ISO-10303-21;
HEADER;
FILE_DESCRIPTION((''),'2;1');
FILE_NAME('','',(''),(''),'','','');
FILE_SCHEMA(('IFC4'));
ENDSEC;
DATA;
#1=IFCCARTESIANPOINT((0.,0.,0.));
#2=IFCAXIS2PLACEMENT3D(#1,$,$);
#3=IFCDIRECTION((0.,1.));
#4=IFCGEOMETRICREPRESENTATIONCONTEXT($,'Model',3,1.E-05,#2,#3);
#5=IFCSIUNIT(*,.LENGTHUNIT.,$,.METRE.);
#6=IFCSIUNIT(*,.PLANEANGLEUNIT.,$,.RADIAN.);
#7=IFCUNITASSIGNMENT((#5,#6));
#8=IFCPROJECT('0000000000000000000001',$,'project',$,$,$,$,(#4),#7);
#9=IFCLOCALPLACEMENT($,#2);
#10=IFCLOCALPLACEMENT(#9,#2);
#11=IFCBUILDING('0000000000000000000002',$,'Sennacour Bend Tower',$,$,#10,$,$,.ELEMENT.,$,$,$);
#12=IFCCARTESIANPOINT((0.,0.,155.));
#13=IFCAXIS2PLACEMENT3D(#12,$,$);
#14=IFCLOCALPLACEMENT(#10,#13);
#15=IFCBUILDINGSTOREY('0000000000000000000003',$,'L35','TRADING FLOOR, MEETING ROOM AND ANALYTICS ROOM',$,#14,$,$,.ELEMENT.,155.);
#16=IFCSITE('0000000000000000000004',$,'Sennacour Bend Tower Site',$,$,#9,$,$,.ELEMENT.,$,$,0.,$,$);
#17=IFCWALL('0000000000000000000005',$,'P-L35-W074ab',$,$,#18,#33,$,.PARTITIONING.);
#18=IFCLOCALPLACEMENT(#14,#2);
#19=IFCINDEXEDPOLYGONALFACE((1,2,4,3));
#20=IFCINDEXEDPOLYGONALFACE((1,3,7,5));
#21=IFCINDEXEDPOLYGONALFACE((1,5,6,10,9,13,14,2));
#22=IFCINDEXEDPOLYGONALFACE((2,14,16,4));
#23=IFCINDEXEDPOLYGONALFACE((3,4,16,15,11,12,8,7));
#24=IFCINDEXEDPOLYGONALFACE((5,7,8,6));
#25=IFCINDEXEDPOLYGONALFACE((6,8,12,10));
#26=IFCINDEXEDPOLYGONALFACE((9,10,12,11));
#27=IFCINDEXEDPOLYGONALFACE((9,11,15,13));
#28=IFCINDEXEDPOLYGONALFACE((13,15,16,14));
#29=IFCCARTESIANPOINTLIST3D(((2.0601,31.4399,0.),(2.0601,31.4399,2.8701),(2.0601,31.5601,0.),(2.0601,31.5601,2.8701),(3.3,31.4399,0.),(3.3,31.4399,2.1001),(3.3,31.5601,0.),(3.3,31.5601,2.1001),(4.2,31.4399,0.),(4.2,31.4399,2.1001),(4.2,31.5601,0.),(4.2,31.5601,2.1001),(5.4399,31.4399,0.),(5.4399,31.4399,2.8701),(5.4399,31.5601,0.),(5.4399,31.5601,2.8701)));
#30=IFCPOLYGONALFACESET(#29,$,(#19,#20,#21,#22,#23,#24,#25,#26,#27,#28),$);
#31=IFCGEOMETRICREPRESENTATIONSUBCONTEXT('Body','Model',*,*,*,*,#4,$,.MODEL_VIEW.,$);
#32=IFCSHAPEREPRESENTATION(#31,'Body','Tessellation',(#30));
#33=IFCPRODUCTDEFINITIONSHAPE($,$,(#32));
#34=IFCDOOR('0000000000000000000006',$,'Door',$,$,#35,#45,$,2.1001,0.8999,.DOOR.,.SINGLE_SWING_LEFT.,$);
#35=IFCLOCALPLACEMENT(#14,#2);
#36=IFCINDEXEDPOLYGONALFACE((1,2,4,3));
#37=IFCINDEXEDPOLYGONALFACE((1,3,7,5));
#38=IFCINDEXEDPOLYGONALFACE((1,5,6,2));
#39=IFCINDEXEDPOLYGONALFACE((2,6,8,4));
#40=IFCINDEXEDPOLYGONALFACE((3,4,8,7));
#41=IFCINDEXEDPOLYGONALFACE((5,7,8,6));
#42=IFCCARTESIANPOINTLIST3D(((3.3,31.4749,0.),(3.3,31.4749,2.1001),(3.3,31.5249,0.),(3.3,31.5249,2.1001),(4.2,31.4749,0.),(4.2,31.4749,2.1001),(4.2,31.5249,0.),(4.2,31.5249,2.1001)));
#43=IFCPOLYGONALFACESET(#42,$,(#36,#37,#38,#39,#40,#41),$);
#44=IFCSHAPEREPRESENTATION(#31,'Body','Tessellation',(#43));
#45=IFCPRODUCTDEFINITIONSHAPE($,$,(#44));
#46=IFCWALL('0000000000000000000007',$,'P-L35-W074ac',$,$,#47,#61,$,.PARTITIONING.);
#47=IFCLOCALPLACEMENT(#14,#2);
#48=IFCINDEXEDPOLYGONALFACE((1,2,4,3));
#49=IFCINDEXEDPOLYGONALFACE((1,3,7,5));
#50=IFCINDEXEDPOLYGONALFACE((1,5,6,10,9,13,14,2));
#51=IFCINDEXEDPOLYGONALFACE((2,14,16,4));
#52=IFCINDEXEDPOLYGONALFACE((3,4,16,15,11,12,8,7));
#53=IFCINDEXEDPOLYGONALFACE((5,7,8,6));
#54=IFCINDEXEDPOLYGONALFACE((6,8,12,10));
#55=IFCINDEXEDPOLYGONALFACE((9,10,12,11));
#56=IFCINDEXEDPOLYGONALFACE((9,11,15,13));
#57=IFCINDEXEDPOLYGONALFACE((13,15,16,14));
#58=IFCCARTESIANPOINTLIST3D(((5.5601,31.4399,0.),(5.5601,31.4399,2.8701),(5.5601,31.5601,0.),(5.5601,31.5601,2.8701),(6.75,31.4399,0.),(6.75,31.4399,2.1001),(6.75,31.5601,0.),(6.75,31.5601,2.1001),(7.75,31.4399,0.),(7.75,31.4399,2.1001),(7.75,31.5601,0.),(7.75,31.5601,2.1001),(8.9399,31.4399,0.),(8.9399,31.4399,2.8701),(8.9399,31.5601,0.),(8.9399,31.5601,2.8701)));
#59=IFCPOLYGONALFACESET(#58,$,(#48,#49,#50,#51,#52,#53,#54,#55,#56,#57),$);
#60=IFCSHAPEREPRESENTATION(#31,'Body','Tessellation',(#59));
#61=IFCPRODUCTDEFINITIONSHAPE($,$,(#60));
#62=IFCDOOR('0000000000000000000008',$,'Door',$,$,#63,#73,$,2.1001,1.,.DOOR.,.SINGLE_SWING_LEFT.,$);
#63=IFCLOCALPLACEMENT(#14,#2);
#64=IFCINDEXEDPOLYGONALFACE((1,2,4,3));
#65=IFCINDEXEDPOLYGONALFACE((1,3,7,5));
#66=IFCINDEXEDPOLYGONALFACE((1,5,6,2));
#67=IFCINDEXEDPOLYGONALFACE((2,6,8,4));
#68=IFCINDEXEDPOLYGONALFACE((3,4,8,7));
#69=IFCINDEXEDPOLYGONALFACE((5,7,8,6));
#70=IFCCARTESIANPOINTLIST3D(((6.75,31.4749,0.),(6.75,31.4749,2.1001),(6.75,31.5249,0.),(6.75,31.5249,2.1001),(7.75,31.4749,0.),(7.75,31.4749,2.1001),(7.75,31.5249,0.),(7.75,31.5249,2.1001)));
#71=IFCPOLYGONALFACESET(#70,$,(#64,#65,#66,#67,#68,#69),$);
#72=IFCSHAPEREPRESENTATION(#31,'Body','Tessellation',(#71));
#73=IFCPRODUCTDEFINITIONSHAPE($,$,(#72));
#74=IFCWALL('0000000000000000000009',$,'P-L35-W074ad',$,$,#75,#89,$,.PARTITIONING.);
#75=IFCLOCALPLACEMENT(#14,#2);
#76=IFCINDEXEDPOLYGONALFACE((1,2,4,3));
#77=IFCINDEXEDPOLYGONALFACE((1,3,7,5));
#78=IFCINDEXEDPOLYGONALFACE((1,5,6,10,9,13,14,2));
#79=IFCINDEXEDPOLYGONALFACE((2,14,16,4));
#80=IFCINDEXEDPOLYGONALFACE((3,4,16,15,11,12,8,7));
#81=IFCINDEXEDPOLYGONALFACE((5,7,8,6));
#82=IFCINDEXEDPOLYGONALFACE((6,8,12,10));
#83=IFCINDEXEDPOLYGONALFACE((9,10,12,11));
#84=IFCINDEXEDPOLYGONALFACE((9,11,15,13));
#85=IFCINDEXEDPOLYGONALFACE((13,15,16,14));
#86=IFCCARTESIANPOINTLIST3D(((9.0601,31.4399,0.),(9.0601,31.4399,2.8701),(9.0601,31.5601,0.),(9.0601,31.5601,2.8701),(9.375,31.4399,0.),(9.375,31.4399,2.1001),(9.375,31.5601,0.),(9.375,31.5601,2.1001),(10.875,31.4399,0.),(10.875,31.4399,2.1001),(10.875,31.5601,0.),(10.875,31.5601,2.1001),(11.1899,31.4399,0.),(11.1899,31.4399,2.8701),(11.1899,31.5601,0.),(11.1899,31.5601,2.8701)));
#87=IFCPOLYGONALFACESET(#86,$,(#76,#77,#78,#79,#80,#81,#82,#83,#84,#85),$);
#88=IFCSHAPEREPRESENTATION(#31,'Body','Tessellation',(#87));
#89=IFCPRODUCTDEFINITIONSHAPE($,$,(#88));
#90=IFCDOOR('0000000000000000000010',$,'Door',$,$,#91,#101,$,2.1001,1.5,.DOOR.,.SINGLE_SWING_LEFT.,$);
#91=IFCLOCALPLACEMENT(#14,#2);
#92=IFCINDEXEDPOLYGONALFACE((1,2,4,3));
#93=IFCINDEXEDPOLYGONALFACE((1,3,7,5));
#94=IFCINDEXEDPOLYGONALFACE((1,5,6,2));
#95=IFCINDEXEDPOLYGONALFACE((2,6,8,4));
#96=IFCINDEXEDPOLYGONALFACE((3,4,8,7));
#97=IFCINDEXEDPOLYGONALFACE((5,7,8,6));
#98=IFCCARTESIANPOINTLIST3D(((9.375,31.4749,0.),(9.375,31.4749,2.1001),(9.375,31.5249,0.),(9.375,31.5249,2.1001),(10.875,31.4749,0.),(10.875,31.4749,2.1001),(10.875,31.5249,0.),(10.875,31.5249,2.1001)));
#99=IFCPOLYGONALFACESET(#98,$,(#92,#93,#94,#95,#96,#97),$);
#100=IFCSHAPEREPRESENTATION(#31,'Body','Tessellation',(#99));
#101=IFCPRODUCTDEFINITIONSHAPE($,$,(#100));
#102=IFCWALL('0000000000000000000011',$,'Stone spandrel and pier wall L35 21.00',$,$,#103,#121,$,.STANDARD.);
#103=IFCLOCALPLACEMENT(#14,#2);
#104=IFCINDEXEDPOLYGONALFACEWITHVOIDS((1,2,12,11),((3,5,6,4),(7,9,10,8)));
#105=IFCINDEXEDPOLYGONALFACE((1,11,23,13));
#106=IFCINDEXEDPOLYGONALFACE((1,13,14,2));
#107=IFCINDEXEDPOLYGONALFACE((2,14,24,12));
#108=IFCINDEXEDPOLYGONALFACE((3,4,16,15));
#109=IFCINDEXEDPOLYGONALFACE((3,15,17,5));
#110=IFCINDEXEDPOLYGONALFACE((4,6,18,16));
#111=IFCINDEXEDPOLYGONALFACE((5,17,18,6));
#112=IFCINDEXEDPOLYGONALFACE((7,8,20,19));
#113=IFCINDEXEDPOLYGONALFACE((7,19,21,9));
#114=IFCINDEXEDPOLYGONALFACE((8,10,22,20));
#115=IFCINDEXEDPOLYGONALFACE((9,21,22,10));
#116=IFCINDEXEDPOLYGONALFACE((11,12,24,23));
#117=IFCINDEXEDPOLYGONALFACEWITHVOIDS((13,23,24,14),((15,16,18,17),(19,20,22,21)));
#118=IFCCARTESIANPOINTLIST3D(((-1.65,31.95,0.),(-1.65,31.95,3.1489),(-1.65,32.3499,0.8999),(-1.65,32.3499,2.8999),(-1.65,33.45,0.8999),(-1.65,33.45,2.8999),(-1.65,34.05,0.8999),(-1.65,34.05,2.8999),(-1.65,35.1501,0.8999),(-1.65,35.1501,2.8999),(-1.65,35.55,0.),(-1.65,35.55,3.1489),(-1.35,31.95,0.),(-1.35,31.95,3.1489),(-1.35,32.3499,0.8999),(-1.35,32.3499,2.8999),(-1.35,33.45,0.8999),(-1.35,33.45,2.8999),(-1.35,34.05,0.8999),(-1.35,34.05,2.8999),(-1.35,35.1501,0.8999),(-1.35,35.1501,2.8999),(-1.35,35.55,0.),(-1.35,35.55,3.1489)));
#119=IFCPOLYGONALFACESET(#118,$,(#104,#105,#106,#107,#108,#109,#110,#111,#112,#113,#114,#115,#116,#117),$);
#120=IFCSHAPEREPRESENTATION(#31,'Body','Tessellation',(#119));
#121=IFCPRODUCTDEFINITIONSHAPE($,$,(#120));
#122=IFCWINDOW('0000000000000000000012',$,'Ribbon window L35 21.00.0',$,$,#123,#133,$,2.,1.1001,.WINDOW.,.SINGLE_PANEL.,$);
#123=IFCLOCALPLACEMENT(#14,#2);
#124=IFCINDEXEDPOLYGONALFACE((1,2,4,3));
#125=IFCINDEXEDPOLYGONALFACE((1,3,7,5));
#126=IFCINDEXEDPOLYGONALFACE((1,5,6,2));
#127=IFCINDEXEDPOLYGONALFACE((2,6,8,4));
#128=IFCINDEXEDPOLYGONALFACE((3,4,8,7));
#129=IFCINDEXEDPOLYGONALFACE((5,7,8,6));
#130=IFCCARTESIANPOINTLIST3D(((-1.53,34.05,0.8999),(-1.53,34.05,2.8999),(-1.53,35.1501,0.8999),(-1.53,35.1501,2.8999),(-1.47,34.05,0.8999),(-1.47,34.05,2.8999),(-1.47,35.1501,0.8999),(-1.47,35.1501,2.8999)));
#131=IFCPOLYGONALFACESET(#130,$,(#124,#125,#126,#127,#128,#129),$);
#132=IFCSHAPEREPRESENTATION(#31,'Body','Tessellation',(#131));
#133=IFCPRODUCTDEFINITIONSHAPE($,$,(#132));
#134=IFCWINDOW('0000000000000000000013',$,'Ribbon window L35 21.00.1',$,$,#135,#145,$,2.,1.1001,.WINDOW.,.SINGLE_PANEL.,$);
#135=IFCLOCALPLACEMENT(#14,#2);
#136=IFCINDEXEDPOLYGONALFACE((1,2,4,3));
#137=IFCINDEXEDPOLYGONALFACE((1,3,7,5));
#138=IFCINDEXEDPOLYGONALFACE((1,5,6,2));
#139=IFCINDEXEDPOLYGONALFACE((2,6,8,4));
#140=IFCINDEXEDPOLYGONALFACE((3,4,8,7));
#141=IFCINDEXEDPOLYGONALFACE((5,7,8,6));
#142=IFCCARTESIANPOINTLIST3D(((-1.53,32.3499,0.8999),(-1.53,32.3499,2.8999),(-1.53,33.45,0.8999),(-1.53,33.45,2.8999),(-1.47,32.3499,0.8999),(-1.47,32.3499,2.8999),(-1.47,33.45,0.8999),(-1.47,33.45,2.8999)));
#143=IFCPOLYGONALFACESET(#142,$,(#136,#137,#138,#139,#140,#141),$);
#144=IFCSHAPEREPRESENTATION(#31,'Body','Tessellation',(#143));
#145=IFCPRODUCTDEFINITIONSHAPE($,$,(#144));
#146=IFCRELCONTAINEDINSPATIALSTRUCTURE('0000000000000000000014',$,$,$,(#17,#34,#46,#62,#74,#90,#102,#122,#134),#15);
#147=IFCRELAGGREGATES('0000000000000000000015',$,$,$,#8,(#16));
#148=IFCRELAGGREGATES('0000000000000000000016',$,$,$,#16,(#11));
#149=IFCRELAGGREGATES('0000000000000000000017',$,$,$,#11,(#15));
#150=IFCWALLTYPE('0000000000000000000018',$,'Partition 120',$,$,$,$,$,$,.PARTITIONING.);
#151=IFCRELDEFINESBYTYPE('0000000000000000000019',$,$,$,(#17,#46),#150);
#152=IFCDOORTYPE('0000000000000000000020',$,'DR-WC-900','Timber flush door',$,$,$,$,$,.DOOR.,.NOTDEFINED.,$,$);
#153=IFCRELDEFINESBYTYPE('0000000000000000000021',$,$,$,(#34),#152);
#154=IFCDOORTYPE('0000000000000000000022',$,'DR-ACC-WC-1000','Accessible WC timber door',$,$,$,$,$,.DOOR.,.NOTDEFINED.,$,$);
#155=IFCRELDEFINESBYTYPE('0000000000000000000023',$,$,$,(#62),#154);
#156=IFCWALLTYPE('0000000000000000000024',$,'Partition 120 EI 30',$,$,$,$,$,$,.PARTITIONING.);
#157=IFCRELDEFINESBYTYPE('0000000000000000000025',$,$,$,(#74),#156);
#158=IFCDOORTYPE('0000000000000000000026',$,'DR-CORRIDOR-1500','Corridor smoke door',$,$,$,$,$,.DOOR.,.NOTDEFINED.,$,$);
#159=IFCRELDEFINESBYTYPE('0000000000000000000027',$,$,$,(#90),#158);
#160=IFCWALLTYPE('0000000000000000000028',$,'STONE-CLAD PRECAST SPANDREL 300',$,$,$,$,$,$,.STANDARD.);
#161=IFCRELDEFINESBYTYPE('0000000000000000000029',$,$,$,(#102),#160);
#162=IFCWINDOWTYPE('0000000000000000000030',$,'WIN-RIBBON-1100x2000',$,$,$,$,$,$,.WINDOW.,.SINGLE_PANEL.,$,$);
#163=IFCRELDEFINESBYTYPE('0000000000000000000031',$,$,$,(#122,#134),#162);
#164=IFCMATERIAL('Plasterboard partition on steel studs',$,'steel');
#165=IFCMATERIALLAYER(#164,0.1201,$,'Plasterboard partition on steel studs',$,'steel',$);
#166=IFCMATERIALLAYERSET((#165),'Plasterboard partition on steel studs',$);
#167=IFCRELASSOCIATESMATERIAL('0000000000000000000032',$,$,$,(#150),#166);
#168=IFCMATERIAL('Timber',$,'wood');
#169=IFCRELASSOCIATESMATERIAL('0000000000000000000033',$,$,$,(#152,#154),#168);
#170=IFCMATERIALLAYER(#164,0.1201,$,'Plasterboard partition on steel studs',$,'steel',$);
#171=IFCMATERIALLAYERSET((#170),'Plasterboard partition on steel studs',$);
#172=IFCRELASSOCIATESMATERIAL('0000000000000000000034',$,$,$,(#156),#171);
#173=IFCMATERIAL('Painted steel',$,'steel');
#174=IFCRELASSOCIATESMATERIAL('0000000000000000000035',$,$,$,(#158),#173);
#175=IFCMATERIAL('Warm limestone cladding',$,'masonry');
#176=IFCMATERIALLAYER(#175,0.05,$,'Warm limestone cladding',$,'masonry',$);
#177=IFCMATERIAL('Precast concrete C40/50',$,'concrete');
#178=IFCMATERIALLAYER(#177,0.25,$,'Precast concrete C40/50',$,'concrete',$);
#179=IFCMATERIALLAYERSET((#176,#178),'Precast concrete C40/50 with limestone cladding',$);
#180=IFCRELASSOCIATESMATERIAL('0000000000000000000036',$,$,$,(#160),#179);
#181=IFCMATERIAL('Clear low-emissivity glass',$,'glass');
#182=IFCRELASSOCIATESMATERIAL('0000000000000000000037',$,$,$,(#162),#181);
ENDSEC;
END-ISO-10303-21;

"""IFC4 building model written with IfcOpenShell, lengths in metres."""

from ifc_helpers import new_model, si_unit, direction, frame, frame_2d, origin, place, context, subcontext, project, spatial, rectangle, extrude, material, layer, layer_set, type_object, element, fill, save


model = new_model("IFC4")

# Units and contexts
model_context = context("Model", 3, precision=1e-05, world=origin(), true_north=direction((0.0, 1.0)))
body_context = subcontext(model_context, "Body", "Model", "MODEL_VIEW")
ifc_project = project(units=[si_unit("LENGTHUNIT", "METRE"), si_unit("PLANEANGLEUNIT", "RADIAN")], contexts=[model_context])

# Site, building, storey
site_placement = place(None, origin())
site = spatial("IfcSite", under=ifc_project, at=site_placement, Name="Sennacour Bend Tower Site", CompositionType="ELEMENT", RefElevation=0.0)
building_placement = place(site_placement, origin())
building = spatial("IfcBuilding", under=site, at=building_placement, Name="Sennacour Bend Tower", CompositionType="ELEMENT")
storey_placement = place(building_placement, frame((0.0, 0.0, 155.0)))
storey = spatial("IfcBuildingStorey", under=building, at=storey_placement, Name="L35", Description="TRADING FLOOR, MEETING ROOM AND ANALYTICS ROOM", CompositionType="ELEMENT", Elevation=155.0)

# Shared definitions
ifc_material_1 = material(Name="Plasterboard partition on steel studs", Category="steel")
ifc_layer_1 = layer(ifc_material_1, 0.1201, Name="Plasterboard partition on steel studs", Category="steel")
ifc_layer_set_1 = layer_set([ifc_layer_1], Name="Plasterboard partition on steel studs")
wall_type_1 = type_object("IfcWallType", Name="Partition 120", PredefinedType="PARTITIONING", material=ifc_layer_set_1)

# Walls, openings, doors
ifc_material_2 = material(Name="Timber", Category="wood")
door_type_1 = type_object("IfcDoorType", Name="DR-WC-900", Description="Timber flush door", OperationType="NOTDEFINED", PredefinedType="DOOR", material=ifc_material_2)
wall_1_placement = place(storey_placement, frame((2.0601, 31.5, 0.0), z_axis=(0.0, 0.0, 1.0), x_axis=(1.0, 0.0, 0.0)))
wall_1 = element("IfcWall", 1, at=wall_1_placement, inside=storey, type_object=wall_type_1, Name="P-L35-W074ab", PredefinedType="PARTITIONING", context=body_context, shape_type="SweptSolid", body=[
    extrude(rectangle(XDim=3.3799, YDim=0.1201, at=frame_2d((1.6899, 0.0))), origin(), (0.0, 0.0, 1.0), 2.8701),
])
opening_1_placement = place(wall_1_placement, frame((1.24, 0.0, 0.0)))
opening_1 = element("IfcOpeningElement", 2, at=opening_1_placement, cuts=wall_1, PredefinedType="OPENING", context=body_context, shape_type="SweptSolid", body=[
    extrude(rectangle(XDim=0.8999, YDim=2.1001, at=frame_2d((0.45, 1.05))), frame((0.0, 0.0701, 0.0), z_axis=(0.0, -1.0, 0.0), x_axis=(1.0, 0.0, 0.0)), (0.0, 0.0, 1.0), 0.1401),
])
door_1_placement = place(opening_1_placement, origin())
door_1 = element("IfcDoor", 3, at=door_1_placement, inside=storey, type_object=door_type_1, Name="Door", OperationType="SINGLE_SWING_LEFT", OverallHeight=2.1001, OverallWidth=0.8999, PredefinedType="DOOR", context=body_context, shape_type="SweptSolid", body=[
    extrude(rectangle(XDim=0.8999, YDim=2.1001, at=frame_2d((0.45, 1.05))), frame((0.0, 0.0249, 0.0), z_axis=(0.0, -1.0, 0.0), x_axis=(1.0, 0.0, 0.0)), (0.0, 0.0, 1.0), 0.05),
])
fill(opening_1, door_1)
wall_2_placement = place(storey_placement, frame((5.5601, 31.5, 0.0), z_axis=(0.0, 0.0, 1.0), x_axis=(1.0, 0.0, 0.0)))
wall_2 = element("IfcWall", 4, at=wall_2_placement, inside=storey, type_object=wall_type_1, Name="P-L35-W074ac", PredefinedType="PARTITIONING", context=body_context, shape_type="SweptSolid", body=[
    extrude(rectangle(XDim=3.3799, YDim=0.1201, at=frame_2d((1.6899, 0.0))), origin(), (0.0, 0.0, 1.0), 2.8701),
])
opening_2_placement = place(wall_2_placement, frame((1.1899, 0.0, 0.0)))
opening_2 = element("IfcOpeningElement", 5, at=opening_2_placement, cuts=wall_2, PredefinedType="OPENING", context=body_context, shape_type="SweptSolid", body=[
    extrude(rectangle(XDim=1.0, YDim=2.1001, at=frame_2d((0.5, 1.05))), frame((0.0, 0.0701, 0.0), z_axis=(0.0, -1.0, 0.0), x_axis=(1.0, 0.0, 0.0)), (0.0, 0.0, 1.0), 0.1401),
])
door_type_2 = type_object("IfcDoorType", Name="DR-ACC-WC-1000", Description="Accessible WC timber door", OperationType="NOTDEFINED", PredefinedType="DOOR", material=ifc_material_2)
door_2_placement = place(opening_2_placement, origin())
door_2 = element("IfcDoor", 6, at=door_2_placement, inside=storey, type_object=door_type_2, Name="Door", OperationType="SINGLE_SWING_LEFT", OverallHeight=2.1001, OverallWidth=1.0, PredefinedType="DOOR", context=body_context, shape_type="SweptSolid", body=[
    extrude(rectangle(XDim=1.0, YDim=2.1001, at=frame_2d((0.5, 1.05))), frame((0.0, 0.0249, 0.0), z_axis=(0.0, -1.0, 0.0), x_axis=(1.0, 0.0, 0.0)), (0.0, 0.0, 1.0), 0.05),
])
fill(opening_2, door_2)
ifc_layer_2 = layer(ifc_material_1, 0.1201, Name="Plasterboard partition on steel studs", Category="steel")
ifc_layer_set_2 = layer_set([ifc_layer_2], Name="Plasterboard partition on steel studs")
wall_type_2 = type_object("IfcWallType", Name="Partition 120 EI 30", PredefinedType="PARTITIONING", material=ifc_layer_set_2)
wall_3_placement = place(storey_placement, frame((9.0601, 31.5, 0.0), z_axis=(0.0, 0.0, 1.0), x_axis=(1.0, 0.0, 0.0)))
wall_3 = element("IfcWall", 7, at=wall_3_placement, inside=storey, type_object=wall_type_2, Name="P-L35-W074ad", PredefinedType="PARTITIONING", context=body_context, shape_type="SweptSolid", body=[
    extrude(rectangle(XDim=2.1299, YDim=0.1201, at=frame_2d((1.0649, 0.0))), origin(), (0.0, 0.0, 1.0), 2.8701),
])
opening_3_placement = place(wall_3_placement, frame((0.3149, 0.0, 0.0)))
opening_3 = element("IfcOpeningElement", 8, at=opening_3_placement, cuts=wall_3, PredefinedType="OPENING", context=body_context, shape_type="SweptSolid", body=[
    extrude(rectangle(XDim=1.5, YDim=2.1001, at=frame_2d((0.75, 1.05))), frame((0.0, 0.0701, 0.0), z_axis=(0.0, -1.0, 0.0), x_axis=(1.0, 0.0, 0.0)), (0.0, 0.0, 1.0), 0.1401),
])
ifc_material_3 = material(Name="Painted steel", Category="steel")
door_type_3 = type_object("IfcDoorType", Name="DR-CORRIDOR-1500", Description="Corridor smoke door", OperationType="NOTDEFINED", PredefinedType="DOOR", material=ifc_material_3)
door_3_placement = place(opening_3_placement, origin())
door_3 = element("IfcDoor", 9, at=door_3_placement, inside=storey, type_object=door_type_3, Name="Door", OperationType="SINGLE_SWING_LEFT", OverallHeight=2.1001, OverallWidth=1.5, PredefinedType="DOOR", context=body_context, shape_type="SweptSolid", body=[
    extrude(rectangle(XDim=1.5, YDim=2.1001, at=frame_2d((0.75, 1.05))), frame((0.0, 0.0249, 0.0), z_axis=(0.0, -1.0, 0.0), x_axis=(1.0, 0.0, 0.0)), (0.0, 0.0, 1.0), 0.05),
])
fill(opening_3, door_3)

# Wall, openings, windows
ifc_material_4 = material(Name="Warm limestone cladding", Category="masonry")
ifc_layer_3 = layer(ifc_material_4, 0.05, Name="Warm limestone cladding", Category="masonry")
ifc_material_5 = material(Name="Precast concrete C40/50", Category="concrete")
ifc_layer_4 = layer(ifc_material_5, 0.25, Name="Precast concrete C40/50", Category="concrete")
ifc_layer_set_3 = layer_set([ifc_layer_3, ifc_layer_4], Name="Precast concrete C40/50 with limestone cladding")
wall_type_3 = type_object("IfcWallType", Name="STONE-CLAD PRECAST SPANDREL 300", PredefinedType="STANDARD", material=ifc_layer_set_3)
wall_4_placement = place(storey_placement, frame((-1.5, 35.55, 0.0), z_axis=(0.0, 0.0, 1.0), x_axis=(0.0, -1.0, 0.0)))
wall_4 = element("IfcWall", 10, at=wall_4_placement, inside=storey, type_object=wall_type_3, Name="Stone spandrel and pier wall L35 21.00", PredefinedType="STANDARD", context=body_context, shape_type="SweptSolid", body=[
    extrude(rectangle(XDim=3.6001, YDim=0.3, at=frame_2d((1.8, 0.0))), origin(), (0.0, 0.0, 1.0), 3.1489),
])
opening_4_placement = place(wall_4_placement, frame((0.3999, 0.0, 0.8999)))
opening_4 = element("IfcOpeningElement", 11, at=opening_4_placement, cuts=wall_4, PredefinedType="OPENING", context=body_context, shape_type="SweptSolid", body=[
    extrude(rectangle(XDim=1.1001, YDim=2.0, at=frame_2d((0.55, 1.0))), frame((0.0, 0.1602, 0.0), z_axis=(0.0, -1.0, 0.0), x_axis=(1.0, 0.0, 0.0)), (0.0, 0.0, 1.0), 0.3201),
])
opening_5_placement = place(wall_4_placement, frame((2.1001, 0.0, 0.8999)))
opening_5 = element("IfcOpeningElement", 12, at=opening_5_placement, cuts=wall_4, PredefinedType="OPENING", context=body_context, shape_type="SweptSolid", body=[
    extrude(rectangle(XDim=1.1001, YDim=2.0, at=frame_2d((0.55, 1.0))), frame((0.0, 0.1602, 0.0), z_axis=(0.0, -1.0, 0.0), x_axis=(1.0, 0.0, 0.0)), (0.0, 0.0, 1.0), 0.3201),
])
ifc_material_6 = material(Name="Clear low-emissivity glass", Category="glass")
window_type = type_object("IfcWindowType", Name="WIN-RIBBON-1100x2000", PartitioningType="SINGLE_PANEL", PredefinedType="WINDOW", material=ifc_material_6)
window_1_placement = place(opening_4_placement, origin())
window_1 = element("IfcWindow", 13, at=window_1_placement, inside=storey, type_object=window_type, Name="Ribbon window L35 21.00.0", OverallHeight=2.0, OverallWidth=1.1001, PartitioningType="SINGLE_PANEL", PredefinedType="WINDOW", context=body_context, shape_type="SweptSolid", body=[
    extrude(rectangle(XDim=1.1001, YDim=2.0, at=frame_2d((0.55, 1.0))), frame((0.0, 0.03, 0.0), z_axis=(0.0, -1.0, 0.0), x_axis=(1.0, 0.0, 0.0)), (0.0, 0.0, 1.0), 0.0601),
])
fill(opening_4, window_1)
window_2_placement = place(opening_5_placement, origin())
window_2 = element("IfcWindow", 14, at=window_2_placement, inside=storey, type_object=window_type, Name="Ribbon window L35 21.00.1", OverallHeight=2.0, OverallWidth=1.1001, PartitioningType="SINGLE_PANEL", PredefinedType="WINDOW", context=body_context, shape_type="SweptSolid", body=[
    extrude(rectangle(XDim=1.1001, YDim=2.0, at=frame_2d((0.55, 1.0))), frame((0.0, 0.03, 0.0), z_axis=(0.0, -1.0, 0.0), x_axis=(1.0, 0.0, 0.0)), (0.0, 0.0, 1.0), 0.0601),
])
fill(opening_5, window_2)

save(model, "model.ifc")
